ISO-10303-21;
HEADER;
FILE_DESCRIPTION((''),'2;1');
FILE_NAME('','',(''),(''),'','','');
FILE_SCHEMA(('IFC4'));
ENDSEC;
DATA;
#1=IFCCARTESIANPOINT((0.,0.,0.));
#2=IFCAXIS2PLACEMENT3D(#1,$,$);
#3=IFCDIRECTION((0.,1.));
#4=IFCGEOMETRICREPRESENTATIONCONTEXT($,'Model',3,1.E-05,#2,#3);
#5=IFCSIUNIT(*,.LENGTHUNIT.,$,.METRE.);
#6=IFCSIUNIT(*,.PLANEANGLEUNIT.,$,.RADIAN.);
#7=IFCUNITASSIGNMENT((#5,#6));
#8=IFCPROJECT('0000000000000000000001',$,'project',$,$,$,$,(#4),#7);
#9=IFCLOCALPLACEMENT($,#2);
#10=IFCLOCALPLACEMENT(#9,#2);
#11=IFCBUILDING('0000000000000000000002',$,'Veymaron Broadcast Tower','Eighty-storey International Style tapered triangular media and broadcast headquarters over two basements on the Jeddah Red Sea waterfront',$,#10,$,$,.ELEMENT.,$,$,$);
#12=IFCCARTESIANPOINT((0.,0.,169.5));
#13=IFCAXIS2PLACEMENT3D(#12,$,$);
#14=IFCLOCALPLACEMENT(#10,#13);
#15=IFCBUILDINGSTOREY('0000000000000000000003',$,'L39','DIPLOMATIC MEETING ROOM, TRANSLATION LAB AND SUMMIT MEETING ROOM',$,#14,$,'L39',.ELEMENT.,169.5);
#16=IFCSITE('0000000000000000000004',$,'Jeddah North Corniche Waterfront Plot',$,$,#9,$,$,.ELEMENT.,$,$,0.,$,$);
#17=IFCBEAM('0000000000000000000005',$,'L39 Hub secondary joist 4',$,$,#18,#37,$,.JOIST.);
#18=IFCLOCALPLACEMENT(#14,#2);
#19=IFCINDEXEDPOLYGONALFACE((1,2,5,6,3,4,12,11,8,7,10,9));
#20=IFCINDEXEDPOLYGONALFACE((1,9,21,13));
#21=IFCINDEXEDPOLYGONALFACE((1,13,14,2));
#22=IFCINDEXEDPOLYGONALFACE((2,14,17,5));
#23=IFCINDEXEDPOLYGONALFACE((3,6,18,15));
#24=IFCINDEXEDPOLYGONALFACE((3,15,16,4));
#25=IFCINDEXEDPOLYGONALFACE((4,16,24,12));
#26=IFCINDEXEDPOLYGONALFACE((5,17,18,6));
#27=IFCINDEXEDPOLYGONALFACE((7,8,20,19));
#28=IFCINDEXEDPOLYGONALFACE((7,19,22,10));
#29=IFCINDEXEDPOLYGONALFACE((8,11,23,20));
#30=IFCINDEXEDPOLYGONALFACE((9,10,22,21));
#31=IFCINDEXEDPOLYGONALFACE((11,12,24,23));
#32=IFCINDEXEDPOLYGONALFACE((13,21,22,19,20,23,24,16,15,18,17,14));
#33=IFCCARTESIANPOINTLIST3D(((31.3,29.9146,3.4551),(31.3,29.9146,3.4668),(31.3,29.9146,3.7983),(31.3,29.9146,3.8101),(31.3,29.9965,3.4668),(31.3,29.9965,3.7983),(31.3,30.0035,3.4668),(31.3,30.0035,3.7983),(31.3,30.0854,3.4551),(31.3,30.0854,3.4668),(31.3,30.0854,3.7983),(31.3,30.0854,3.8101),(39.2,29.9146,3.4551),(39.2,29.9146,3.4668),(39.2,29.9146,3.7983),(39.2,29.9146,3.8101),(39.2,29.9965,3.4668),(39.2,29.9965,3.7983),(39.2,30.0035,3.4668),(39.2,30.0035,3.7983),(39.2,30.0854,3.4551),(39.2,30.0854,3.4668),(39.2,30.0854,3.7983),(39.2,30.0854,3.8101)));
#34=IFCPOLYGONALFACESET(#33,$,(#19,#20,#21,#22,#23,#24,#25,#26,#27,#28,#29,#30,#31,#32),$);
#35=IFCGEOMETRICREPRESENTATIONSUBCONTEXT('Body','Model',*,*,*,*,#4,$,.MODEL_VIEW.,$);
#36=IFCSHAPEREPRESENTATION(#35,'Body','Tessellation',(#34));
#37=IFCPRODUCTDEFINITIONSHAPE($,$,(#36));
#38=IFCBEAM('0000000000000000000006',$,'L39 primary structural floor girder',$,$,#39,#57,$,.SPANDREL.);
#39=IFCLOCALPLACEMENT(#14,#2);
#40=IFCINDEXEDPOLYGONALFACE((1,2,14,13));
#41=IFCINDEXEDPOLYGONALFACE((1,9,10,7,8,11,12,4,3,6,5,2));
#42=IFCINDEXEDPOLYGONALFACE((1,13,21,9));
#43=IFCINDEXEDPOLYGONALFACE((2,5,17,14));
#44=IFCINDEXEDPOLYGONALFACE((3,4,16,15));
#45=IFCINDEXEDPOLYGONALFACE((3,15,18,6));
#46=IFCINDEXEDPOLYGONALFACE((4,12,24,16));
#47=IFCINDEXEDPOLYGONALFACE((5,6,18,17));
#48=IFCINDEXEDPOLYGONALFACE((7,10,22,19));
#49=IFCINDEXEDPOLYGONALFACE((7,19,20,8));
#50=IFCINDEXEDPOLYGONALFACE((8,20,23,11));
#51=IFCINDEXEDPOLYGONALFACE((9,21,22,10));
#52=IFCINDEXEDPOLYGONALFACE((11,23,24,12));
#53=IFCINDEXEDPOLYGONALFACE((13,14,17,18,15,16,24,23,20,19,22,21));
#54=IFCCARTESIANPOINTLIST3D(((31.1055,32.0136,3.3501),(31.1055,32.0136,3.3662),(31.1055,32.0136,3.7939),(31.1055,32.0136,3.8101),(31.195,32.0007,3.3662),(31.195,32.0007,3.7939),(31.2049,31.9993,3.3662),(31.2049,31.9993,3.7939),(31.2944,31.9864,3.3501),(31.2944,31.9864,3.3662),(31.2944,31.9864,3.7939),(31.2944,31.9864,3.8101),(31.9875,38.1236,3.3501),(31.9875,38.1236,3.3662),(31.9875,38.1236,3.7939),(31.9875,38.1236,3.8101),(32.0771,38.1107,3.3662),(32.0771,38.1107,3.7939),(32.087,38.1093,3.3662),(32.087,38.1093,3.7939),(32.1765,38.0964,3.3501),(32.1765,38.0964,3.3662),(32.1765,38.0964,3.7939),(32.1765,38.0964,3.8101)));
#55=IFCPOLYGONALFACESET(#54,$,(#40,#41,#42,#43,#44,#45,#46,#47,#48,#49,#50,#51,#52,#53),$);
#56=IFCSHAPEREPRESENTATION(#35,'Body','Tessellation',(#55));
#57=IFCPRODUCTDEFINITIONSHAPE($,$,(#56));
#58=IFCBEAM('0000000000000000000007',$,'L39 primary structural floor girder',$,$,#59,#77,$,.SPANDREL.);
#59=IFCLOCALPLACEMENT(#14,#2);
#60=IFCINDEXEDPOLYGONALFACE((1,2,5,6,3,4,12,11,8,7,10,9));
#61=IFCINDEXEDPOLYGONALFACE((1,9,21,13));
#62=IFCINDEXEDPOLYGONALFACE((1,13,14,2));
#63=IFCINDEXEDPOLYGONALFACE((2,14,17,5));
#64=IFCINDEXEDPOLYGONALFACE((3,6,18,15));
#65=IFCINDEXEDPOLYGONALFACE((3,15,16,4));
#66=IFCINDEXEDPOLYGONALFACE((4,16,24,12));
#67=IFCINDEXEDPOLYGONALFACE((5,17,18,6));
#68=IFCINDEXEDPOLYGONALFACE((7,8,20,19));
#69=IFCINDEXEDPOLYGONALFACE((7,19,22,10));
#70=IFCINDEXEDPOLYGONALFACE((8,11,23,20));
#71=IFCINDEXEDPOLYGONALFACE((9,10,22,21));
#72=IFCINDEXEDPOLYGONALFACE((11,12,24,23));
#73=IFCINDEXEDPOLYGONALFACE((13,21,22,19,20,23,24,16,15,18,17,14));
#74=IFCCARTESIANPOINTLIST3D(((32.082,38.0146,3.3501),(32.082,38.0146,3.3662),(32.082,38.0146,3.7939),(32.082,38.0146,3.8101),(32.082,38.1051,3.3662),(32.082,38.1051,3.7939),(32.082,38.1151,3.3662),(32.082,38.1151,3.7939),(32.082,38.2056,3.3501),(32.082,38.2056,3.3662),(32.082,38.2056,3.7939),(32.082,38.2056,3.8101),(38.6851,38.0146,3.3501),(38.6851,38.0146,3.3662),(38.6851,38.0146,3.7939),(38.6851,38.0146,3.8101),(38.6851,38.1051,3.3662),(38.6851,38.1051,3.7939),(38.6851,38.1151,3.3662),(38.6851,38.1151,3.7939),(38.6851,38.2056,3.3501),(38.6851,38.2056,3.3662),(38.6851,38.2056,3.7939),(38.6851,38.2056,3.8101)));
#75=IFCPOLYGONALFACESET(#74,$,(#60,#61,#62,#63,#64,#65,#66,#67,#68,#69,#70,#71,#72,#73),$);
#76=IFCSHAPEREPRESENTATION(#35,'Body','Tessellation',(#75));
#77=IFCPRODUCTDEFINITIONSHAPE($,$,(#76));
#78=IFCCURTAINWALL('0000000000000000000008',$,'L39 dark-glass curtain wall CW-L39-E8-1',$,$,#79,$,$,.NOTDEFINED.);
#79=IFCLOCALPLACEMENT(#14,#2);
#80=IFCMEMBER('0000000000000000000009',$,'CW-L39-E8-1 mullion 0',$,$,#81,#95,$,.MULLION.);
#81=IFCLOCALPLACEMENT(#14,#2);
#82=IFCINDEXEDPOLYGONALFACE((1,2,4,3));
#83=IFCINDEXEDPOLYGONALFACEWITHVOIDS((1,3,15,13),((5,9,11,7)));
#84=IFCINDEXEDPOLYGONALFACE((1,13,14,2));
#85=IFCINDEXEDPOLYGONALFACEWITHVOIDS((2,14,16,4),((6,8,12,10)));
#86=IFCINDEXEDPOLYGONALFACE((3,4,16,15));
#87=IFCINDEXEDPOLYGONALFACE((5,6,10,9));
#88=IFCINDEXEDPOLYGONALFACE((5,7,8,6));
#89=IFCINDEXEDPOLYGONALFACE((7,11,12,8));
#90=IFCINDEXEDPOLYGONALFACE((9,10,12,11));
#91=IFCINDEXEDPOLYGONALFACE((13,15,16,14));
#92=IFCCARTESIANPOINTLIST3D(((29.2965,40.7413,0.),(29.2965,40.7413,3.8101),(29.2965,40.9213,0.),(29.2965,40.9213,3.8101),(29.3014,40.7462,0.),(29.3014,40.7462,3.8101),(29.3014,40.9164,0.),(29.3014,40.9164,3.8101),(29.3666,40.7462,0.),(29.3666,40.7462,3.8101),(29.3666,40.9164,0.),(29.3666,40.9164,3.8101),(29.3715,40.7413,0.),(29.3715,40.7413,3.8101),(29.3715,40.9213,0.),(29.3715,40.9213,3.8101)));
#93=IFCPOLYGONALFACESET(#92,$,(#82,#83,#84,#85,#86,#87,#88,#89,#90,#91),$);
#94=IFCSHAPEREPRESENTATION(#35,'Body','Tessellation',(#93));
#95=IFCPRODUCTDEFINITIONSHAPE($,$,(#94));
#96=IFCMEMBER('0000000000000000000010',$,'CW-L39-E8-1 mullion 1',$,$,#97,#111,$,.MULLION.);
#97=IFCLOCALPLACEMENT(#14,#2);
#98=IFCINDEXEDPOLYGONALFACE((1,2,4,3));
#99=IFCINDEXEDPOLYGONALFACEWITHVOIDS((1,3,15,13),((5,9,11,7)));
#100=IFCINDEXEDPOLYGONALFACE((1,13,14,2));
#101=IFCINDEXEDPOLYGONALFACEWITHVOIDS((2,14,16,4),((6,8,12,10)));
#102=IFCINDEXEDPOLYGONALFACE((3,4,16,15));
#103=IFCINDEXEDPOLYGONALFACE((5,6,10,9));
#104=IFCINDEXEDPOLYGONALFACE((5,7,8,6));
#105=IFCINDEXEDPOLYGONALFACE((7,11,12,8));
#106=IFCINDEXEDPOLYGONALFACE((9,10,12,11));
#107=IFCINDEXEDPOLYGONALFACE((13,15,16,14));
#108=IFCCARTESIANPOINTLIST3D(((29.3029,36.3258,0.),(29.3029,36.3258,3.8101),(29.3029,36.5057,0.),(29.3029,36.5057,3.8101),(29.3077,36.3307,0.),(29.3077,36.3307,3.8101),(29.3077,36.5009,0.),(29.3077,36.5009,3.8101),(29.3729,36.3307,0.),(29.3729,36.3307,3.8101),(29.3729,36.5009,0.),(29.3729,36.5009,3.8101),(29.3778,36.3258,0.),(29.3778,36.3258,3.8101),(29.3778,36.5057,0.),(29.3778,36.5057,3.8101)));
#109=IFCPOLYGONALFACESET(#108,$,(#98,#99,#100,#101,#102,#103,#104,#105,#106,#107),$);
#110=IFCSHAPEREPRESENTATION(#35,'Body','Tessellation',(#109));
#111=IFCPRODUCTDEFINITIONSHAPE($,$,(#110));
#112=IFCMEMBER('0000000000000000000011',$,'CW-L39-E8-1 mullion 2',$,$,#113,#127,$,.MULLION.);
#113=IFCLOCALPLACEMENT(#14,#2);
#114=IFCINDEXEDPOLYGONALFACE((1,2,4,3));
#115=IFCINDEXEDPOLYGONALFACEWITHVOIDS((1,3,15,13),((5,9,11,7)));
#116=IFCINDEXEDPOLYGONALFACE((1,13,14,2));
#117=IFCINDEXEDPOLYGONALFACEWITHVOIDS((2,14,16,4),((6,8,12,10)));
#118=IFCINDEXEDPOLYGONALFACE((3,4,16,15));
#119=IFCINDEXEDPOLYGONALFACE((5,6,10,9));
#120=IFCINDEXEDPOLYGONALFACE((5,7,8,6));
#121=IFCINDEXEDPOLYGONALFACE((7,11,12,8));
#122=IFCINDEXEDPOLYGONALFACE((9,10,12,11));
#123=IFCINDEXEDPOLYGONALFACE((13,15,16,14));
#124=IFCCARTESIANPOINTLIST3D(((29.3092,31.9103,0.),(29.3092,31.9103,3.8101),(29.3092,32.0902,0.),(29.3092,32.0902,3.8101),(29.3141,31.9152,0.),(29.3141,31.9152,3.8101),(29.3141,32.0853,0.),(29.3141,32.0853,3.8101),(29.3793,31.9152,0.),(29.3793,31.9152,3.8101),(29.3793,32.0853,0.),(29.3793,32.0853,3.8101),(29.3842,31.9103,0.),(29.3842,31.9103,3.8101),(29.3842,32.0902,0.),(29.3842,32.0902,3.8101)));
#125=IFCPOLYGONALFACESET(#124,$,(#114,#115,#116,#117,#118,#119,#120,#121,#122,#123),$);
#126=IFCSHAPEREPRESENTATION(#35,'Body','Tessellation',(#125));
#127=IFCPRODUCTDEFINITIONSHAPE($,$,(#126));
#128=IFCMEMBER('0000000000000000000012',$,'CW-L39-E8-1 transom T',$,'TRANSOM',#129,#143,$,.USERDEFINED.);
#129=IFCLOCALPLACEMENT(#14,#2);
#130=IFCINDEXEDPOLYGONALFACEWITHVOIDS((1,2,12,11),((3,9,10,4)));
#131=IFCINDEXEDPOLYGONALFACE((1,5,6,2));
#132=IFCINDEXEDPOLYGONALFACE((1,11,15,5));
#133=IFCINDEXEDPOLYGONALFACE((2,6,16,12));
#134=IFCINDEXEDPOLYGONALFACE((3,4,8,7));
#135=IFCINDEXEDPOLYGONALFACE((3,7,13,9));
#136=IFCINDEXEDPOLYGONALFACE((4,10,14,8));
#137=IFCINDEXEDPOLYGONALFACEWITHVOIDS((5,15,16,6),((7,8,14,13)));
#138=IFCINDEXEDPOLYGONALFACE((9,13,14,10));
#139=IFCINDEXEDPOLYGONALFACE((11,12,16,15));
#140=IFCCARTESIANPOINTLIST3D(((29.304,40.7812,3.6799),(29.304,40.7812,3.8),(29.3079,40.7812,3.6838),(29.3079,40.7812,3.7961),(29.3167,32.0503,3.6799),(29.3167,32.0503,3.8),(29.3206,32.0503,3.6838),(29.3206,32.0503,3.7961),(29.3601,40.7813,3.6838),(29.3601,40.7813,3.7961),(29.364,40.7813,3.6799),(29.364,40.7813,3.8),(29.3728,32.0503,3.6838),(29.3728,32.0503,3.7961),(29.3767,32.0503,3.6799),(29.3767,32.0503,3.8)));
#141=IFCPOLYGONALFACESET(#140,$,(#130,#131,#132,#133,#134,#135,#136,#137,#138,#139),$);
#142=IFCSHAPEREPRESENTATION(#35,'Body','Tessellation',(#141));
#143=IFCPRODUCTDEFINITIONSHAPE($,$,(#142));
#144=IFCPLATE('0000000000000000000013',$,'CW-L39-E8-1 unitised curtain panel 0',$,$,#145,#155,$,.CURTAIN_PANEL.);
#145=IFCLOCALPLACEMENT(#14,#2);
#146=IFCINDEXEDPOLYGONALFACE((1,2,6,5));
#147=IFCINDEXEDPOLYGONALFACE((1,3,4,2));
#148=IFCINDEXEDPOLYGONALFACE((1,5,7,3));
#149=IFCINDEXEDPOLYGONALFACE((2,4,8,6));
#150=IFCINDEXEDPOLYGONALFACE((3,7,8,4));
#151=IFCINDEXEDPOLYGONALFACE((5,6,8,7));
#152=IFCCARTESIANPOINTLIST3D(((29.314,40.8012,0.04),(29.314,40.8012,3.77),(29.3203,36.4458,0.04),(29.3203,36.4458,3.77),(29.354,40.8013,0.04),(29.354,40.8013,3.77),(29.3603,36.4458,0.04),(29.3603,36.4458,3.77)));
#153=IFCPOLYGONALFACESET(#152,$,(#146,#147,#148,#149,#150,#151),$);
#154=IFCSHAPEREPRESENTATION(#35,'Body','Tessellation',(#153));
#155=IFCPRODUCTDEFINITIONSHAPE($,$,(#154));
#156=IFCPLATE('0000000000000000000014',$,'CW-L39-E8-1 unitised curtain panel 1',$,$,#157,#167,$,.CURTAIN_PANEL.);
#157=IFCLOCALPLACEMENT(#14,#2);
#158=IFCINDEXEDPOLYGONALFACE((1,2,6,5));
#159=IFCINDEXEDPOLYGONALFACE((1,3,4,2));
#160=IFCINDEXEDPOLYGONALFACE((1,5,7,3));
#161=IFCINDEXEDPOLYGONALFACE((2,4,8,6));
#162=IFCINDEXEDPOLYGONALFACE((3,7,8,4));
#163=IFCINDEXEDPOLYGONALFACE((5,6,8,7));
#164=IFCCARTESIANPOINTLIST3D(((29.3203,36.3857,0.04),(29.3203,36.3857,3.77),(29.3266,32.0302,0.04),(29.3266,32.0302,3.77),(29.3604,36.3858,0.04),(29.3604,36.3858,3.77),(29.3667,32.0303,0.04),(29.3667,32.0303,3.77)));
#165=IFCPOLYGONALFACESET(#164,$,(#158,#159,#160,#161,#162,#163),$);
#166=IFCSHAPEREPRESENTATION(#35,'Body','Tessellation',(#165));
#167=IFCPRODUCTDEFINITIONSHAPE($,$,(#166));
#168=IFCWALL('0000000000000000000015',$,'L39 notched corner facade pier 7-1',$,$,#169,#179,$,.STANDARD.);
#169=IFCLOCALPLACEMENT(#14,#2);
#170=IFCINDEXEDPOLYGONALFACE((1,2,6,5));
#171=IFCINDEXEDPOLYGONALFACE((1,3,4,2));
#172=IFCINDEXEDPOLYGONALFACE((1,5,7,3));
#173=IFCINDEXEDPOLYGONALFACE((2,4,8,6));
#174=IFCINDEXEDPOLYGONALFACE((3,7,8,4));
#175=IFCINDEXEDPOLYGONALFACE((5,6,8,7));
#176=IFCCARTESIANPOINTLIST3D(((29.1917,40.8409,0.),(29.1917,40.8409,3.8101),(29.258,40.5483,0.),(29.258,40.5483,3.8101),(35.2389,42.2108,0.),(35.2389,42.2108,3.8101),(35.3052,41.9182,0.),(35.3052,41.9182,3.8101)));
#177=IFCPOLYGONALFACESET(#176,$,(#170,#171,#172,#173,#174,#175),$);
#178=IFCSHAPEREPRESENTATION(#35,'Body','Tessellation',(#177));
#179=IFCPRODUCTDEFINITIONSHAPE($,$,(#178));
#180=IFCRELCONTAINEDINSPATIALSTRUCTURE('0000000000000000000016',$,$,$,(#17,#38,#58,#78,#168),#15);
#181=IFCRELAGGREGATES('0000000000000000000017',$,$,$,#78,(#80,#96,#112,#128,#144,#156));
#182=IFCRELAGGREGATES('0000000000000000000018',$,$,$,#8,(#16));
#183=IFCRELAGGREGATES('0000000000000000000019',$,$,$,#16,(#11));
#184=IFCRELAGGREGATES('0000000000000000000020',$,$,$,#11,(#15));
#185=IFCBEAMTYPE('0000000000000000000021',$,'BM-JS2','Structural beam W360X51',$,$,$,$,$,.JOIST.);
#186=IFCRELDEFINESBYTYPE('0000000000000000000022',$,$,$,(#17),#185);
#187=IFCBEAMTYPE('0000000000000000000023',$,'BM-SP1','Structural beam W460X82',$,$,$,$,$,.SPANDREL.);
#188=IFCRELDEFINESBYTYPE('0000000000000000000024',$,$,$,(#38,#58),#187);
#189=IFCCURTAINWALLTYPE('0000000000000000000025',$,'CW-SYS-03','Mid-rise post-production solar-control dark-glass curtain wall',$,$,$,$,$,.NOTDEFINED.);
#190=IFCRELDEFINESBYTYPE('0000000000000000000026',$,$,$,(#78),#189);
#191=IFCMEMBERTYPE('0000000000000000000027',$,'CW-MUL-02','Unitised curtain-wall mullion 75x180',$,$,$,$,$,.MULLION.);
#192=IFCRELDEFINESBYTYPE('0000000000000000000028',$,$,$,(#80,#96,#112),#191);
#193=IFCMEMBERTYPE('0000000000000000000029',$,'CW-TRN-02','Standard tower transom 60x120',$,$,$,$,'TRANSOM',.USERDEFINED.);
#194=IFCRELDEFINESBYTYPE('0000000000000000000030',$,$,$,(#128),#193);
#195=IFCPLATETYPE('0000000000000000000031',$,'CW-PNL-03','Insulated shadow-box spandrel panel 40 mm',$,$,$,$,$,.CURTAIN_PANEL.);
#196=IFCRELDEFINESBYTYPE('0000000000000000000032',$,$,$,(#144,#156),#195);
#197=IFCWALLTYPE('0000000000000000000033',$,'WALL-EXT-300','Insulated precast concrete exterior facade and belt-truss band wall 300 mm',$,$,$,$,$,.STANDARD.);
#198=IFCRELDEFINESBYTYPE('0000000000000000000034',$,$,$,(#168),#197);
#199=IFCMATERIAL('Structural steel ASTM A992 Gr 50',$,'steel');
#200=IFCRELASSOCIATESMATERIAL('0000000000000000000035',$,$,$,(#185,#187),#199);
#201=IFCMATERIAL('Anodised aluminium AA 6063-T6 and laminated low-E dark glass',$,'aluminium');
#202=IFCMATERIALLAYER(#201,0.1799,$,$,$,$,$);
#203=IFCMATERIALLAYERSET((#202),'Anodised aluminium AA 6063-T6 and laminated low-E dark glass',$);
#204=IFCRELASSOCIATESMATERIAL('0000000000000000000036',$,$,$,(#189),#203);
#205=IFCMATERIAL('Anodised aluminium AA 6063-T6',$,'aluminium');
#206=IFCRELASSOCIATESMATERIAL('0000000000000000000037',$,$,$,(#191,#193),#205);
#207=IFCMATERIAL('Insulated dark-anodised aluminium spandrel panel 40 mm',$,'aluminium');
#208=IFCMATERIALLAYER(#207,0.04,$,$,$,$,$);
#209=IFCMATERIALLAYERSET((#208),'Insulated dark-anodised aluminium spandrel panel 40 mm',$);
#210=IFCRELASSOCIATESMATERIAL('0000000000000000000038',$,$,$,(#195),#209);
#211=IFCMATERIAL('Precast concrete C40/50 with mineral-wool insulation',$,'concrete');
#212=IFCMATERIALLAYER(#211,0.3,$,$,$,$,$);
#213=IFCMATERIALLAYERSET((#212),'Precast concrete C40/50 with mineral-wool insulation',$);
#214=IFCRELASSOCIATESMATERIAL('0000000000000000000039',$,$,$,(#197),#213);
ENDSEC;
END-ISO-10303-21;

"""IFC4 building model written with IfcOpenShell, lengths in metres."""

from ifc_helpers import new_model, si_unit, direction, frame, frame_2d, origin, origin_2d, place, context, subcontext, project, spatial, rectangle, hollow_rectangle, i_section, extrude, material, layer, layer_set, material_profile, profile_set, type_object, element, aggregate, save


model = new_model("IFC4")

# Units and contexts
model_context = context("Model", 3, precision=1e-05, world=origin(), true_north=direction((0.0, 1.0)))
body_context = subcontext(model_context, "Body", "Model", "MODEL_VIEW")
ifc_project = project(units=[si_unit("LENGTHUNIT", "METRE"), si_unit("PLANEANGLEUNIT", "RADIAN")], contexts=[model_context])

# Site, building, storey
site_placement = place(None, origin())
site = spatial("IfcSite", under=ifc_project, at=site_placement, Name="Jeddah North Corniche Waterfront Plot", CompositionType="ELEMENT", RefElevation=0.0)
building_placement = place(site_placement, origin())
building = spatial("IfcBuilding", under=site, at=building_placement, Name="Veymaron Broadcast Tower", Description="Eighty-storey International Style tapered triangular media and broadcast headquarters over two basements on the Jeddah Red Sea waterfront", CompositionType="ELEMENT")
storey_placement = place(building_placement, frame((0.0, 0.0, 169.5)))
storey = spatial("IfcBuildingStorey", under=building, at=storey_placement, Name="L39", Description="DIPLOMATIC MEETING ROOM, TRANSLATION LAB AND SUMMIT MEETING ROOM", LongName="L39", CompositionType="ELEMENT", Elevation=169.5)

# Shared definitions
ifc_material_1 = material(Name="Structural steel ASTM A992 Gr 50", Category="steel")

# Beams
ifc_material_profile_1 = material_profile(ifc_material_1, i_section(OverallWidth=0.1709, OverallDepth=0.355, WebThickness=0.0071, FlangeThickness=0.0117, at=origin_2d()), Name="W360X51")
ifc_profile_set_1 = profile_set([ifc_material_profile_1], Name="Structural steel ASTM A992 Gr 50")
beam_type_1 = type_object("IfcBeamType", Name="BM-JS2", Description="Structural beam W360X51", PredefinedType="JOIST", material=ifc_profile_set_1)
for number, where, z_axis, x_axis, name in (
    (1, (31.3, 30.0, 3.6326), (1.0, 0.0, 0.0), (0.0, 1.0, 0.0), "L39 Hub secondary joist 4"),
):
    element("IfcBeam", number, at=place(storey_placement, frame(where, z_axis=z_axis, x_axis=x_axis)), inside=storey, type_object=beam_type_1, Name=name, PredefinedType="JOIST", context=body_context, shape_type="SweptSolid", body=[
        extrude(i_section(OverallWidth=0.1709, OverallDepth=0.355, WebThickness=0.0071, FlangeThickness=0.0117, at=origin_2d()), origin(), (0.0, 0.0, 1.0), 7.8999),
    ])
ifc_material_profile_2 = material_profile(ifc_material_1, i_section(OverallWidth=0.1909, OverallDepth=0.46, WebThickness=0.01, FlangeThickness=0.0161, at=origin_2d()), Name="W460X82")
ifc_profile_set_2 = profile_set([ifc_material_profile_2], Name="Structural steel ASTM A992 Gr 50")
beam_type_2 = type_object("IfcBeamType", Name="BM-SP1", Description="Structural beam W460X82", PredefinedType="SPANDREL", material=ifc_profile_set_2)
beam_1_placement = place(storey_placement, frame((31.2, 32.0, 3.5801), z_axis=(0.142883, 0.98974, 0.0), x_axis=(-0.98974, 0.142883, 0.0)))
element("IfcBeam", 2, at=beam_1_placement, inside=storey, type_object=beam_type_2, Name="L39 primary structural floor girder", PredefinedType="SPANDREL", context=body_context, shape_type="SweptSolid", body=[
    extrude(i_section(OverallWidth=0.1909, OverallDepth=0.46, WebThickness=0.01, FlangeThickness=0.0161, at=origin_2d()), origin(), (0.0, 0.0, 1.0), 6.1733),
])
beam_2_placement = place(storey_placement, frame((32.082, 38.1101, 3.5801), z_axis=(1.0, 0.0, 0.0), x_axis=(0.0, 1.0, 0.0)))
element("IfcBeam", 3, at=beam_2_placement, inside=storey, type_object=beam_type_2, Name="L39 primary structural floor girder", PredefinedType="SPANDREL", context=body_context, shape_type="SweptSolid", body=[
    extrude(i_section(OverallWidth=0.1909, OverallDepth=0.46, WebThickness=0.01, FlangeThickness=0.0161, at=origin_2d()), origin(), (0.0, 0.0, 1.0), 6.603),
])

# Curtain wall, members, plates
ifc_material_2 = material(Name="Anodised aluminium AA 6063-T6 and laminated low-E dark glass", Category="aluminium")
ifc_layer_1 = layer(ifc_material_2, 0.1799)
ifc_layer_set_1 = layer_set([ifc_layer_1], Name="Anodised aluminium AA 6063-T6 and laminated low-E dark glass")
curtain_wall_type = type_object("IfcCurtainWallType", Name="CW-SYS-03", Description="Mid-rise post-production solar-control dark-glass curtain wall", PredefinedType="NOTDEFINED", material=ifc_layer_set_1)
curtain_wall_placement = place(storey_placement, origin())
curtain_wall = element("IfcCurtainWall", 4, at=curtain_wall_placement, inside=storey, type_object=curtain_wall_type, Name="L39 dark-glass curtain wall CW-L39-E8-1", PredefinedType="NOTDEFINED")
ifc_material_3 = material(Name="Anodised aluminium AA 6063-T6", Category="aluminium")
ifc_material_profile_3 = material_profile(ifc_material_3, hollow_rectangle(XDim=0.075, YDim=0.1799, WallThickness=0.0049, at=origin_2d()), Name="AL180X75X5")
ifc_profile_set_3 = profile_set([ifc_material_profile_3], Name="Anodised aluminium AA 6063-T6")
member_type_1 = type_object("IfcMemberType", Name="CW-MUL-02", Description="Unitised curtain-wall mullion 75x180", PredefinedType="MULLION", material=ifc_profile_set_3)
member_1_placement = place(storey_placement, frame((29.334, 40.8313, 0.0), z_axis=(0.0, 0.0, 1.0), x_axis=(1.0, 0.0, 0.0)))
member_1 = element("IfcMember", 5, at=member_1_placement, type_object=member_type_1, Name="CW-L39-E8-1 mullion 0", PredefinedType="MULLION", context=body_context, shape_type="SweptSolid", body=[
    extrude(hollow_rectangle(XDim=0.075, YDim=0.1799, WallThickness=0.0049, at=origin_2d()), origin(), (0.0, 0.0, 1.0), 3.8101),
])
member_2_placement = place(storey_placement, frame((29.3403, 36.4158, 0.0), z_axis=(0.0, 0.0, 1.0), x_axis=(1.0, 0.0, 0.0)))
member_2 = element("IfcMember", 6, at=member_2_placement, type_object=member_type_1, Name="CW-L39-E8-1 mullion 1", PredefinedType="MULLION", context=body_context, shape_type="SweptSolid", body=[
    extrude(hollow_rectangle(XDim=0.075, YDim=0.1799, WallThickness=0.0049, at=origin_2d()), origin(), (0.0, 0.0, 1.0), 3.8101),
])
member_3_placement = place(storey_placement, frame((29.3467, 32.0002, 0.0), z_axis=(0.0, 0.0, 1.0), x_axis=(1.0, 0.0, 0.0)))
member_3 = element("IfcMember", 7, at=member_3_placement, type_object=member_type_1, Name="CW-L39-E8-1 mullion 2", PredefinedType="MULLION", context=body_context, shape_type="SweptSolid", body=[
    extrude(hollow_rectangle(XDim=0.075, YDim=0.1799, WallThickness=0.0049, at=origin_2d()), origin(), (0.0, 0.0, 1.0), 3.8101),
])
ifc_material_profile_4 = material_profile(ifc_material_3, hollow_rectangle(XDim=0.0601, YDim=0.1201, WallThickness=0.0039, at=origin_2d()), Name="AL120X60X4")
ifc_profile_set_4 = profile_set([ifc_material_profile_4], Name="Anodised aluminium AA 6063-T6")
member_type_2 = type_object("IfcMemberType", Name="CW-TRN-02", Description="Standard tower transom 60x120", ElementType="TRANSOM", PredefinedType="USERDEFINED", material=ifc_profile_set_4)
member_4_placement = place(storey_placement, frame((29.334, 40.7812, 3.74), z_axis=(0.001454, -0.999999, 0.0), x_axis=(0.999999, 0.001454, 0.0)))
member_4 = element("IfcMember", 8, at=member_4_placement, type_object=member_type_2, Name="CW-L39-E8-1 transom T", ObjectType="TRANSOM", PredefinedType="USERDEFINED", context=body_context, shape_type="SweptSolid", body=[
    extrude(hollow_rectangle(XDim=0.0601, YDim=0.1201, WallThickness=0.0039, at=origin_2d()), origin(), (0.0, 0.0, 1.0), 8.731),
])
ifc_material_4 = material(Name="Insulated dark-anodised aluminium spandrel panel 40 mm", Category="aluminium")
ifc_layer_2 = layer(ifc_material_4, 0.04)
ifc_layer_set_2 = layer_set([ifc_layer_2], Name="Insulated dark-anodised aluminium spandrel panel 40 mm")
plate_type = type_object("IfcPlateType", Name="CW-PNL-03", Description="Insulated shadow-box spandrel panel 40 mm", PredefinedType="CURTAIN_PANEL", material=ifc_layer_set_2)
plate_1_placement = place(storey_placement, frame((29.3372, 38.6235, 0.04), z_axis=(0.0, 0.0, 1.0), x_axis=(0.001449, -0.999999, 0.0)))
plate_1 = element("IfcPlate", 9, at=plate_1_placement, type_object=plate_type, Name="CW-L39-E8-1 unitised curtain panel 0", PredefinedType="CURTAIN_PANEL", context=body_context, shape_type="SweptSolid", body=[
    extrude(rectangle(XDim=4.3555, YDim=0.04, at=origin_2d()), origin(), (0.0, 0.0, 1.0), 3.73),
])
plate_2_placement = place(storey_placement, frame((29.3435, 34.208, 0.04), z_axis=(0.0, 0.0, 1.0), x_axis=(0.001449, -0.999999, 0.0)))
plate_2 = element("IfcPlate", 10, at=plate_2_placement, type_object=plate_type, Name="CW-L39-E8-1 unitised curtain panel 1", PredefinedType="CURTAIN_PANEL", context=body_context, shape_type="SweptSolid", body=[
    extrude(rectangle(XDim=4.3555, YDim=0.04, at=origin_2d()), origin(), (0.0, 0.0, 1.0), 3.73),
])
aggregate(curtain_wall, [member_1, member_2, member_3, member_4, plate_1, plate_2])

# Wall
ifc_material_5 = material(Name="Precast concrete C40/50 with mineral-wool insulation", Category="concrete")
ifc_layer_3 = layer(ifc_material_5, 0.3)
ifc_layer_set_3 = layer_set([ifc_layer_3], Name="Precast concrete C40/50 with mineral-wool insulation")
wall_type_1 = type_object("IfcWallType", Name="WALL-EXT-300", Description="Insulated precast concrete exterior facade and belt-truss band wall 300 mm", PredefinedType="STANDARD", material=ifc_layer_set_3)
wall_1_placement = place(storey_placement, frame((35.272, 42.0645, 0.0), z_axis=(0.0, 0.0, 1.0), x_axis=(-0.975288, -0.220935, 0.0)))
element("IfcWall", 11, at=wall_1_placement, inside=storey, type_object=wall_type_1, Name="L39 notched corner facade pier 7-1", PredefinedType="STANDARD", context=body_context, shape_type="SweptSolid", body=[
    extrude(rectangle(XDim=6.2004, YDim=0.3, at=frame_2d((3.1001, 0.0))), origin(), (0.0, 0.0, 1.0), 3.8101),
])

save(model, "model.ifc")
